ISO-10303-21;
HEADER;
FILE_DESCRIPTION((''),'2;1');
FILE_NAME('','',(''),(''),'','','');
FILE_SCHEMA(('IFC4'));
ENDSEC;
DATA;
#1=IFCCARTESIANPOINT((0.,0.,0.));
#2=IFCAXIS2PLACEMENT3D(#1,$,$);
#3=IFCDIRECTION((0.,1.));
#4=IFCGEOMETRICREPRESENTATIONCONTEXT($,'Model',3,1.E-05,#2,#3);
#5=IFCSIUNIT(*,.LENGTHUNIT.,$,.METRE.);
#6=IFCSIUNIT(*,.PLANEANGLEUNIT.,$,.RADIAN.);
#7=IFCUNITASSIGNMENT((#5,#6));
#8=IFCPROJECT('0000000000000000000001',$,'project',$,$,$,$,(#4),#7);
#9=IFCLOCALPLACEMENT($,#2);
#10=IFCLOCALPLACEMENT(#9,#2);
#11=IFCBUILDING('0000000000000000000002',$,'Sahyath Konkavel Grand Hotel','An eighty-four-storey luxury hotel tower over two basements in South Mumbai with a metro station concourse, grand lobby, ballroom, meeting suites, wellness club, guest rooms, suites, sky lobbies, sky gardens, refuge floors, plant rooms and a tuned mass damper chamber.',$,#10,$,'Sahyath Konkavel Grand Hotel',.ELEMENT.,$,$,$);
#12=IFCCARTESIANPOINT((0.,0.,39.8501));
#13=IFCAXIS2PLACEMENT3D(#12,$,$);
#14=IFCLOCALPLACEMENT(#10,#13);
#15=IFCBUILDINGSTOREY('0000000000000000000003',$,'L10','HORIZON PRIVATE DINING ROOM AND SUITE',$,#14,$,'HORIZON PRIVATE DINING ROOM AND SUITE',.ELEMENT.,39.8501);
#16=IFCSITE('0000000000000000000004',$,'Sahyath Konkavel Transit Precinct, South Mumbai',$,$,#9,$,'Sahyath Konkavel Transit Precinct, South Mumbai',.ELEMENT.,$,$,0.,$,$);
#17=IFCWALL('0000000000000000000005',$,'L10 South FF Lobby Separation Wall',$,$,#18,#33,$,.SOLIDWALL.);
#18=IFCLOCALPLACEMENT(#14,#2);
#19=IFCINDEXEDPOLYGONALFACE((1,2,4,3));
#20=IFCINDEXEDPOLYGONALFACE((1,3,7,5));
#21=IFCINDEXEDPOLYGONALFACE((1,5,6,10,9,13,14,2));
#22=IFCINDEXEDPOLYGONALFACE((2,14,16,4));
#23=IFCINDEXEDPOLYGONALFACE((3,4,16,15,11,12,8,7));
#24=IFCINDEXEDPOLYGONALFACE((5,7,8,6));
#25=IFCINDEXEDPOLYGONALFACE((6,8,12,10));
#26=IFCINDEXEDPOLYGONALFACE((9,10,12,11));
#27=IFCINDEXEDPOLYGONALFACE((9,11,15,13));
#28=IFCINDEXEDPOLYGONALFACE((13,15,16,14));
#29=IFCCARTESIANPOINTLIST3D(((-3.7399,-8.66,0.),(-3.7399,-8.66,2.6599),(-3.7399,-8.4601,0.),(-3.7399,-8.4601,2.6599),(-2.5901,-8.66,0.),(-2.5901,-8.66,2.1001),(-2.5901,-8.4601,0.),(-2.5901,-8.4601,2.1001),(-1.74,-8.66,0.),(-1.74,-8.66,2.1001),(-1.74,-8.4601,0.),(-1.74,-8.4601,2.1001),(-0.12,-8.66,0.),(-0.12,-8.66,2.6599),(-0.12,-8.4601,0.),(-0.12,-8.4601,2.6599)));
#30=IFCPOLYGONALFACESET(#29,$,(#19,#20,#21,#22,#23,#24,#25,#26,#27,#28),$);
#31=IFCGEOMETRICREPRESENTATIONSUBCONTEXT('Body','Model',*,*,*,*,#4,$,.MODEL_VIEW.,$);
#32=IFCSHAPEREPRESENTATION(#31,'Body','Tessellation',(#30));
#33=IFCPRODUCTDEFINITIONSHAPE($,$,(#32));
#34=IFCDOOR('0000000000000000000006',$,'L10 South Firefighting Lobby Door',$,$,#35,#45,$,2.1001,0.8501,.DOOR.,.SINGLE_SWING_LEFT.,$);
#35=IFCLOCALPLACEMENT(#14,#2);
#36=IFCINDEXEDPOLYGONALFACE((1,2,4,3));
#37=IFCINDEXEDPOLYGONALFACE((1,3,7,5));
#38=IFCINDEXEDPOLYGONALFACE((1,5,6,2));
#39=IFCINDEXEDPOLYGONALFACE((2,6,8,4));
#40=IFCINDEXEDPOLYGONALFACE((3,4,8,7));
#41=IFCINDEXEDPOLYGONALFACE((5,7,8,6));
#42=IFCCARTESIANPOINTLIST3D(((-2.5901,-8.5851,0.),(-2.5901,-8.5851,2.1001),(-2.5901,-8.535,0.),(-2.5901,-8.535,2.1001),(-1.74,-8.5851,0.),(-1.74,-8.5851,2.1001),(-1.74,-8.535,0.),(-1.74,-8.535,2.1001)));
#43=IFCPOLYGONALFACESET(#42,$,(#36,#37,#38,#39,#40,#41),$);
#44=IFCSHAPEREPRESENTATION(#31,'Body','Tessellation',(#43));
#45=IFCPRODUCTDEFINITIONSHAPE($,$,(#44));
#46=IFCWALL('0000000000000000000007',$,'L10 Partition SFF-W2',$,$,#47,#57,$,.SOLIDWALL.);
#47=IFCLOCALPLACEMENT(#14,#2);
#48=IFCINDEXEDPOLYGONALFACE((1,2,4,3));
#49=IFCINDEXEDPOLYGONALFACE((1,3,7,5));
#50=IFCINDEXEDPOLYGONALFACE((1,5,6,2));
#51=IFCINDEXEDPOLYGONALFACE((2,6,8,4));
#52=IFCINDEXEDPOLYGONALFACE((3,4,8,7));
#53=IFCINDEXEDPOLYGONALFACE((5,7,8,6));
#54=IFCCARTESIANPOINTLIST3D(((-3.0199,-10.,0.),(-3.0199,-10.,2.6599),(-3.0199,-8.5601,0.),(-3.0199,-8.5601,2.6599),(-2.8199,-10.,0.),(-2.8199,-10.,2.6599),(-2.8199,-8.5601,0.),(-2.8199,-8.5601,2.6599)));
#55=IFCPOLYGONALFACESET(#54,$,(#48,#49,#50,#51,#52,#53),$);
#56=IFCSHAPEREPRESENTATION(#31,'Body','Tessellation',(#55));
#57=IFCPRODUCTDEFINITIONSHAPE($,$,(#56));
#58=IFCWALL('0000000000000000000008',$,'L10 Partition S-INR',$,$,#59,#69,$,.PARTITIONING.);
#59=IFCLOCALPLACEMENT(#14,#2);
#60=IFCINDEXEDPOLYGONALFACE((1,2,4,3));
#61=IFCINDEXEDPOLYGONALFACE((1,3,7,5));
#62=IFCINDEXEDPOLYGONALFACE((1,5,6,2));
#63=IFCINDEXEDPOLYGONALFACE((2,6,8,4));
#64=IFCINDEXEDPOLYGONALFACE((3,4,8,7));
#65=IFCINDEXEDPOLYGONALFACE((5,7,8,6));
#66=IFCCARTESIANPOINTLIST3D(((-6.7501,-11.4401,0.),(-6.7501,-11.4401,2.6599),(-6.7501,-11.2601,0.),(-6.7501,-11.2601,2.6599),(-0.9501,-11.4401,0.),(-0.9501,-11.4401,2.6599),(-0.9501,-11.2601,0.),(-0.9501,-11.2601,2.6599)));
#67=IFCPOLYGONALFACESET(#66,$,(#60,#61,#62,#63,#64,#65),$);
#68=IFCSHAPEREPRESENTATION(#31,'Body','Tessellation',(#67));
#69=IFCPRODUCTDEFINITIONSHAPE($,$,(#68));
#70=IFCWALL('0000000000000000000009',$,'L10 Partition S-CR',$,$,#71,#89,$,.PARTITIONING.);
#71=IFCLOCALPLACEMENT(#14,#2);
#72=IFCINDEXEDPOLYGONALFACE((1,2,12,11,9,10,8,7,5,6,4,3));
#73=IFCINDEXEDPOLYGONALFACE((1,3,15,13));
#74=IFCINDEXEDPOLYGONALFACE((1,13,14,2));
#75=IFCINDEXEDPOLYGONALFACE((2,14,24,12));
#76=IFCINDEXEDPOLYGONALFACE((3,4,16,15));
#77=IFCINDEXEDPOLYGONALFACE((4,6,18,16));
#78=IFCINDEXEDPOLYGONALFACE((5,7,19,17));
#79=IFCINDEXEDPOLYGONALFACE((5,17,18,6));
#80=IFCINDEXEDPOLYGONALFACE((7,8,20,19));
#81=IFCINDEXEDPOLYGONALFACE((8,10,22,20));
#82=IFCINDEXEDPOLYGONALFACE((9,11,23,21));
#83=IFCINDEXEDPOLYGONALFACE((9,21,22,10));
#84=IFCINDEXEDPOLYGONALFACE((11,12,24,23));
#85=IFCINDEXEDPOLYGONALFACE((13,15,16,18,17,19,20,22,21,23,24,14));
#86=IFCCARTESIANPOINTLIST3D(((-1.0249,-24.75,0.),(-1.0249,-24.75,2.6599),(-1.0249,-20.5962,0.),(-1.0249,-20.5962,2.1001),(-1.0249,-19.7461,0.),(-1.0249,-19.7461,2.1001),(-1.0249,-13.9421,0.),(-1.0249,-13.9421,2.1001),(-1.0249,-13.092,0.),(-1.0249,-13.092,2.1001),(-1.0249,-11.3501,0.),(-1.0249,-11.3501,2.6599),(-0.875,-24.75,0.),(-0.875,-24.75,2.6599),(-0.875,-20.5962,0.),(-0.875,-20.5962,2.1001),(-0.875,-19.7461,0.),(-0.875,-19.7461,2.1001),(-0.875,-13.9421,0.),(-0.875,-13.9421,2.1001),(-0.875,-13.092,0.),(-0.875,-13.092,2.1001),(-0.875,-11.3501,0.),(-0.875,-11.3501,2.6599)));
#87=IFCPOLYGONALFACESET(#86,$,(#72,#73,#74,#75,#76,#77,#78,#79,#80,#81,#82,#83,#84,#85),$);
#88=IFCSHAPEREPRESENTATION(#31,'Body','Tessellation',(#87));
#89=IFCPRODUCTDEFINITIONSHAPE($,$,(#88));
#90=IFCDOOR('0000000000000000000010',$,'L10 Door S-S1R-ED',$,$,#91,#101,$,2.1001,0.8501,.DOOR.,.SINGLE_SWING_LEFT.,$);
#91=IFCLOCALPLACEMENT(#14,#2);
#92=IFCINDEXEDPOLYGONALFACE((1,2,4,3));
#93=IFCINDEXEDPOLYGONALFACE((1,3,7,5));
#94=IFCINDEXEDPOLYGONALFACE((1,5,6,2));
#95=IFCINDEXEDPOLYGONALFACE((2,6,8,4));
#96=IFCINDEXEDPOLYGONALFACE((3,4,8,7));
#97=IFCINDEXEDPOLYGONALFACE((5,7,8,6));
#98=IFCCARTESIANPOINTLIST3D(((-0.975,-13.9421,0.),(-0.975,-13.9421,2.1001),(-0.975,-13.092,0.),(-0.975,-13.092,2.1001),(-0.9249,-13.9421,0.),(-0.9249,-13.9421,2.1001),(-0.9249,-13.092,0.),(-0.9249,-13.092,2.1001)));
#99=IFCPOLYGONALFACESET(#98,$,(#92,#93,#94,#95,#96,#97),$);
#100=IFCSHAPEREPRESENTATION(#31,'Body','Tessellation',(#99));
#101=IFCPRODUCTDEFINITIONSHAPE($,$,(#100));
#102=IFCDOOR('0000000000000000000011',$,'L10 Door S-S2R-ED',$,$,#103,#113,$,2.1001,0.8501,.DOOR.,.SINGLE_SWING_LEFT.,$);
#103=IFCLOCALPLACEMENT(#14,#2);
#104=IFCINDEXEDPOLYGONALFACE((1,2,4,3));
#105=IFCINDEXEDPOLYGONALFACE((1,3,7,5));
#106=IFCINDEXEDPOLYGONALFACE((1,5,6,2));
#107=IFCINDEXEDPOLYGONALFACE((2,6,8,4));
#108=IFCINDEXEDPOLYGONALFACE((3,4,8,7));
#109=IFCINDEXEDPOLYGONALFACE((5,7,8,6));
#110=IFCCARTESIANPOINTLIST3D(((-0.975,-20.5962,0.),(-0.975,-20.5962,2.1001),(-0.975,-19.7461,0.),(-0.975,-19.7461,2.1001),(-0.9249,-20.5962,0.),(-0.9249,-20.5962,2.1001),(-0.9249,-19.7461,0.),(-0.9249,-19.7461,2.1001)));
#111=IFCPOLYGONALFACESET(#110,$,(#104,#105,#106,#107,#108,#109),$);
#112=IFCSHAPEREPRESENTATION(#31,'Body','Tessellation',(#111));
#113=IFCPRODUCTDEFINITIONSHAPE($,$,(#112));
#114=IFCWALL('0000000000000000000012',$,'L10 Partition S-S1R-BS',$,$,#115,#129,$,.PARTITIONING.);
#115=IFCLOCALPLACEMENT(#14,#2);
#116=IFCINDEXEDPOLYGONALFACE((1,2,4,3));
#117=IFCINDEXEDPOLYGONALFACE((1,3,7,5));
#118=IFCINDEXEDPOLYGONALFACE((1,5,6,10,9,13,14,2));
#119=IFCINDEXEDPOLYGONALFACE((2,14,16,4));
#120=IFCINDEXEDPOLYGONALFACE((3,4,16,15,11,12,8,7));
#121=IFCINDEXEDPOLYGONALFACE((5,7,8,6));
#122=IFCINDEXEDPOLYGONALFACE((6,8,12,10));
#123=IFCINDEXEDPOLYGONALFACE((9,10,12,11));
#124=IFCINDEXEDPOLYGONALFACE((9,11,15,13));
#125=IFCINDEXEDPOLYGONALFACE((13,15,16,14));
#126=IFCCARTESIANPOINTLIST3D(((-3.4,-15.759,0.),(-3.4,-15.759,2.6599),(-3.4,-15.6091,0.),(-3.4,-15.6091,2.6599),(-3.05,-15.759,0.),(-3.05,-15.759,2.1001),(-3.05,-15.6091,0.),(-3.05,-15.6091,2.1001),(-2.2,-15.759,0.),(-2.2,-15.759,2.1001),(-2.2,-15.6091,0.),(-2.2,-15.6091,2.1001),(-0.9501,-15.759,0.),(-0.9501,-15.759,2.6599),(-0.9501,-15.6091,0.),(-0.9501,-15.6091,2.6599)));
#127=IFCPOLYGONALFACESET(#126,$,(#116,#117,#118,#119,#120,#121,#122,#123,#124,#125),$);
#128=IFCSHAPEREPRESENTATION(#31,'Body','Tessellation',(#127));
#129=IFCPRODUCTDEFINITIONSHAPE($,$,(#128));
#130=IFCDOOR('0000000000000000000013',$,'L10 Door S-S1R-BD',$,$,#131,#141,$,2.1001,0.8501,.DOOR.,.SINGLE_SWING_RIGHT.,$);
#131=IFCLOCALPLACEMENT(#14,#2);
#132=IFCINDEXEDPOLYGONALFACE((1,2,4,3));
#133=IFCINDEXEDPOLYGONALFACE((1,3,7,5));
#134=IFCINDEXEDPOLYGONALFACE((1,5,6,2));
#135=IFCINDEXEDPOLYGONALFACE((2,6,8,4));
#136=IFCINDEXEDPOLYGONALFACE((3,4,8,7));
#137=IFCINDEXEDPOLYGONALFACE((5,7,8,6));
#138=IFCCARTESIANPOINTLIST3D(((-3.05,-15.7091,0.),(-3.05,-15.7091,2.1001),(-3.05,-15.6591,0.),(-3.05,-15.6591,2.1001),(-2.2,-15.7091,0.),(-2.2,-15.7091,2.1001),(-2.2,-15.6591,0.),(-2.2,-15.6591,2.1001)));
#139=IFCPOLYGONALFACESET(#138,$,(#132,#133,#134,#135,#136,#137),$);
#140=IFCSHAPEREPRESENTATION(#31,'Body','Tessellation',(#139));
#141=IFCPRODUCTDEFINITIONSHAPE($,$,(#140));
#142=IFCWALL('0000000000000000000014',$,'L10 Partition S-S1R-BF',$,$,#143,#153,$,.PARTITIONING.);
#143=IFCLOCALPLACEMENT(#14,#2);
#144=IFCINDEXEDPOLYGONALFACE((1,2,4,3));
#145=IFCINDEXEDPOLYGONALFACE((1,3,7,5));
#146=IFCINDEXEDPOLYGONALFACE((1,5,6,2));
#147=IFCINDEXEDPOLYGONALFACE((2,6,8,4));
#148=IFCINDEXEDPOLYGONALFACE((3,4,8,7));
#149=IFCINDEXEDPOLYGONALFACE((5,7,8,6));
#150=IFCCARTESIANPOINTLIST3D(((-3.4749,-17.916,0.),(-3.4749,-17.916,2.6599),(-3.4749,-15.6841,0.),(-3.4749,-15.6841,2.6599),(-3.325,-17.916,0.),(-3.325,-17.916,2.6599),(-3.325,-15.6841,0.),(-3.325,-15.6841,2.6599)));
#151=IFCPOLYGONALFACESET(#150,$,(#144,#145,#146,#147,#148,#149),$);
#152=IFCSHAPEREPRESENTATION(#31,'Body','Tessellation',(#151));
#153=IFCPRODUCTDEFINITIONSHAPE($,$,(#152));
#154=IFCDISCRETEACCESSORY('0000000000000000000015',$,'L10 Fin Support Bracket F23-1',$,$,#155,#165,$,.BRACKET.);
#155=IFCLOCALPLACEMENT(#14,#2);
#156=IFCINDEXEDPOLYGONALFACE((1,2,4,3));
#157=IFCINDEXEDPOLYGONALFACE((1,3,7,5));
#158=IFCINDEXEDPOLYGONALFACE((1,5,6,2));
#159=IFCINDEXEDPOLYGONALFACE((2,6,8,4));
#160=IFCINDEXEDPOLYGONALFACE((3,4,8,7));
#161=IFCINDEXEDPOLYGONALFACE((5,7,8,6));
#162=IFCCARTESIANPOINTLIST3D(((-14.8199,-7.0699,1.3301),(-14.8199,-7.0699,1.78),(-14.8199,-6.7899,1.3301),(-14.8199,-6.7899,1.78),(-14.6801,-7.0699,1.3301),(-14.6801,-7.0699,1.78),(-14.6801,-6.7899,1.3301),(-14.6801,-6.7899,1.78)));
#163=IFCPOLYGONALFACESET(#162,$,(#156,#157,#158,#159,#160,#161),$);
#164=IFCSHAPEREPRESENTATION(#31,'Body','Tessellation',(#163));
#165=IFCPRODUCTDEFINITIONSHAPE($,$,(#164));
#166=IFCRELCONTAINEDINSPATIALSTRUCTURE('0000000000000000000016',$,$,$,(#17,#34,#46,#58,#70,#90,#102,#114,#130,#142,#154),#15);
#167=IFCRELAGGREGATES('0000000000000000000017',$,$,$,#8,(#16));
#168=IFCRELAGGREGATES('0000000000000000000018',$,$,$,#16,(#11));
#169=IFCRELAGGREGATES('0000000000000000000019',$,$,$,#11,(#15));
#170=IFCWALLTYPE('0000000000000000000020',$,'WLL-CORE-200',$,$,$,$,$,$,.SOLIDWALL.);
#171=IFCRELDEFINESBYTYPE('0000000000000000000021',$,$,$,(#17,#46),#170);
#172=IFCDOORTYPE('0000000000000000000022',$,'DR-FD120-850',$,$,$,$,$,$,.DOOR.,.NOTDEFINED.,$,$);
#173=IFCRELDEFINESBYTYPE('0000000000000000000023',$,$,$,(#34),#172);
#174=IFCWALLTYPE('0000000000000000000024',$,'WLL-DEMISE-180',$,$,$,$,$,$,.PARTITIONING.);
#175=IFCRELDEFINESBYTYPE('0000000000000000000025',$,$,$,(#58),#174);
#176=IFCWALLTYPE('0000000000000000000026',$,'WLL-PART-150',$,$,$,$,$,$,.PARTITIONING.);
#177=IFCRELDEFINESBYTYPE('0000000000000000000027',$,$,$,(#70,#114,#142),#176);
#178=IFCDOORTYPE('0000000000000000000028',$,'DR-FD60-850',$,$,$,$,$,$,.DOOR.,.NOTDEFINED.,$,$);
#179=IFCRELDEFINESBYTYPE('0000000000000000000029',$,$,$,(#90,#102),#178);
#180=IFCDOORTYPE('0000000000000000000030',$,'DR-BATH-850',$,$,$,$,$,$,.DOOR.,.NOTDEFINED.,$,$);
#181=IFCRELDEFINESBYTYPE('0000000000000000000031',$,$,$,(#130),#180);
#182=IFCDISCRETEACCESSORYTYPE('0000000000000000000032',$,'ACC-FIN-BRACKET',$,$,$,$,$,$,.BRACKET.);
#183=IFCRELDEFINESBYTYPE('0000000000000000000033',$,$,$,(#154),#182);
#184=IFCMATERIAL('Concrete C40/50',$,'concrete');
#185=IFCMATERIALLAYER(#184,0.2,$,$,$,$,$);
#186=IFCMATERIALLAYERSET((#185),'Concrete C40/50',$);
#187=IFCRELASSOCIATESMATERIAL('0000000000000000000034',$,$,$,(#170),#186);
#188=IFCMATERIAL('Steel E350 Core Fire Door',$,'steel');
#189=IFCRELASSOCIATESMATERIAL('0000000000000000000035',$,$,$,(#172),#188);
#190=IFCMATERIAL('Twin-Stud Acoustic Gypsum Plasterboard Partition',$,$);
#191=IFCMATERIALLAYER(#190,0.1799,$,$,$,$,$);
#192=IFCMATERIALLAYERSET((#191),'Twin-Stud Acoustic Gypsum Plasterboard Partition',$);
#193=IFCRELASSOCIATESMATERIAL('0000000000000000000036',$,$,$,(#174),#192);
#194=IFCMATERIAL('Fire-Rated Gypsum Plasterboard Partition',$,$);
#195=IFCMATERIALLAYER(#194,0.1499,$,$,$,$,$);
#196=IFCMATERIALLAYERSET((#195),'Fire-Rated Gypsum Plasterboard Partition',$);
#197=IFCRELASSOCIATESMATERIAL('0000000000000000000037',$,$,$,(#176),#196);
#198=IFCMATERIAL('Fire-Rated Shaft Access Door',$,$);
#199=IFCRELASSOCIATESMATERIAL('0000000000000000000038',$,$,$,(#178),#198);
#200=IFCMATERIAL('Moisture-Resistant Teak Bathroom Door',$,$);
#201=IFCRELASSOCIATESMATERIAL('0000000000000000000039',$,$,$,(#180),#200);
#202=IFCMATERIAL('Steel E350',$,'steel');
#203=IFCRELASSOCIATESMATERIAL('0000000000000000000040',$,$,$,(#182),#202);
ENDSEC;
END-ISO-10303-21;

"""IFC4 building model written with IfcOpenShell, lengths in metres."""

from ifc_helpers import new_model, si_unit, direction, frame, frame_2d, origin, origin_2d, place, context, subcontext, project, spatial, rectangle, extrude, source, transform, mapped, material, layer, layer_set, type_object, element, fill, save


model = new_model("IFC4")

# Units and contexts
model_context = context("Model", 3, precision=1e-05, world=origin(), true_north=direction((0.0, 1.0)))
body_context = subcontext(model_context, "Body", "Model", "MODEL_VIEW")
ifc_project = project(units=[si_unit("LENGTHUNIT", "METRE"), si_unit("PLANEANGLEUNIT", "RADIAN")], contexts=[model_context])

# Site, building, storey
site_placement = place(None, origin())
site = spatial("IfcSite", under=ifc_project, at=site_placement, Name="Sahyath Konkavel Transit Precinct, South Mumbai", LongName="Sahyath Konkavel Transit Precinct, South Mumbai", CompositionType="ELEMENT", RefElevation=0.0)
building_placement = place(site_placement, origin())
building = spatial("IfcBuilding", under=site, at=building_placement, Name="Sahyath Konkavel Grand Hotel", Description="An eighty-four-storey luxury hotel tower over two basements in South Mumbai with a metro station concourse, grand lobby, ballroom, meeting suites, wellness club, guest rooms, suites, sky lobbies, sky gardens, refuge floors, plant rooms and a tuned mass damper chamber.", LongName="Sahyath Konkavel Grand Hotel", CompositionType="ELEMENT")
storey_placement = place(building_placement, frame((0.0, 0.0, 39.8501)))
storey = spatial("IfcBuildingStorey", under=building, at=storey_placement, Name="L10", Description="HORIZON PRIVATE DINING ROOM AND SUITE", LongName="HORIZON PRIVATE DINING ROOM AND SUITE", CompositionType="ELEMENT", Elevation=39.8501)

# Shared definitions
ifc_material_1 = material(Name="Steel E350", Category="steel")

# Shared definitions
ifc_material_2 = material(Name="Concrete C40/50", Category="concrete")
ifc_layer_1 = layer(ifc_material_2, 0.2)
ifc_layer_set_1 = layer_set([ifc_layer_1], Name="Concrete C40/50")
wall_type_1 = type_object("IfcWallType", Name="WLL-CORE-200", PredefinedType="SOLIDWALL", material=ifc_layer_set_1)

# Wall, opening, door
wall_1_placement = place(storey_placement, frame((-3.74, -8.5601, 0.0), z_axis=(0.0, 0.0, 1.0), x_axis=(1.0, 0.0, 0.0)))
wall_1 = element("IfcWall", 1, at=wall_1_placement, inside=storey, type_object=wall_type_1, Name="L10 South FF Lobby Separation Wall", PredefinedType="SOLIDWALL", context=body_context, shape_type="SweptSolid", body=[
    extrude(rectangle(XDim=3.6199, YDim=0.2, at=frame_2d((1.8101, 0.0))), origin(), (0.0, 0.0, 1.0), 2.6599),
])
opening_1_placement = place(wall_1_placement, frame((1.1499, 0.0, 0.0)))
opening_1 = element("IfcOpeningElement", 2, at=opening_1_placement, cuts=wall_1, PredefinedType="OPENING", context=body_context, shape_type="SweptSolid", body=[
    extrude(rectangle(XDim=0.8501, YDim=2.1001, at=frame_2d((0.425, 1.05))), frame((0.0, 0.1099, 0.0), z_axis=(0.0, -1.0, 0.0), x_axis=(1.0, 0.0, 0.0)), (0.0, 0.0, 1.0), 0.22),
])
ifc_material_3 = material(Name="Steel E350 Core Fire Door", Category="steel")
door_type_1 = type_object("IfcDoorType", Name="DR-FD120-850", OperationType="NOTDEFINED", PredefinedType="DOOR", material=ifc_material_3)
shared_shape_1 = source(origin(), body_context, "Body", "SweptSolid", [
    extrude(rectangle(XDim=0.8501, YDim=0.05, at=origin_2d()), origin(), (0.0, 0.0, 1.0), 2.1001),
])
door_1_placement = place(opening_1_placement, frame((0.425, 0.0, 0.0)))
door_1 = element("IfcDoor", 3, at=door_1_placement, inside=storey, type_object=door_type_1, Name="L10 South Firefighting Lobby Door", OperationType="SINGLE_SWING_LEFT", OverallHeight=2.1001, OverallWidth=0.8501, PredefinedType="DOOR", context=body_context, shape_type="MappedRepresentation", body=[
    mapped(shared_shape_1, transform((0.0, 0.0, 0.0), scale=1.0)),
])
fill(opening_1, door_1)

# Walls
wall_2_placement = place(storey_placement, frame((-2.9199, -10.0, 0.0), z_axis=(0.0, 0.0, 1.0), x_axis=(0.0, 1.0, 0.0)))
element("IfcWall", 4, at=wall_2_placement, inside=storey, type_object=wall_type_1, Name="L10 Partition SFF-W2", PredefinedType="SOLIDWALL", context=body_context, shape_type="SweptSolid", body=[
    extrude(rectangle(XDim=1.4399, YDim=0.2, at=frame_2d((0.72, 0.0))), origin(), (0.0, 0.0, 1.0), 2.6599),
])
ifc_material_4 = material(Name="Twin-Stud Acoustic Gypsum Plasterboard Partition")
ifc_layer_2 = layer(ifc_material_4, 0.1799)
ifc_layer_set_2 = layer_set([ifc_layer_2], Name="Twin-Stud Acoustic Gypsum Plasterboard Partition")
wall_type_2 = type_object("IfcWallType", Name="WLL-DEMISE-180", PredefinedType="PARTITIONING", material=ifc_layer_set_2)
wall_3_placement = place(storey_placement, frame((-6.75, -11.3501, 0.0), z_axis=(0.0, 0.0, 1.0), x_axis=(1.0, 0.0, 0.0)))
element("IfcWall", 5, at=wall_3_placement, inside=storey, type_object=wall_type_2, Name="L10 Partition S-INR", PredefinedType="PARTITIONING", context=body_context, shape_type="SweptSolid", body=[
    extrude(rectangle(XDim=5.8, YDim=0.1799, at=frame_2d((2.8999, 0.0))), origin(), (0.0, 0.0, 1.0), 2.6599),
])

# Wall, openings, doors
ifc_material_5 = material(Name="Fire-Rated Gypsum Plasterboard Partition")
ifc_layer_3 = layer(ifc_material_5, 0.1499)
ifc_layer_set_3 = layer_set([ifc_layer_3], Name="Fire-Rated Gypsum Plasterboard Partition")
wall_type_3 = type_object("IfcWallType", Name="WLL-PART-150", PredefinedType="PARTITIONING", material=ifc_layer_set_3)
wall_4_placement = place(storey_placement, frame((-0.95, -11.3501, 0.0), z_axis=(0.0, 0.0, 1.0), x_axis=(0.0, -1.0, 0.0)))
wall_4 = element("IfcWall", 6, at=wall_4_placement, inside=storey, type_object=wall_type_3, Name="L10 Partition S-CR", PredefinedType="PARTITIONING", context=body_context, shape_type="SweptSolid", body=[
    extrude(rectangle(XDim=13.3999, YDim=0.1499, at=frame_2d((6.7, 0.0))), origin(), (0.0, 0.0, 1.0), 2.6599),
])
opening_2_placement = place(wall_4_placement, frame((1.7419, 0.0, 0.0)))
opening_2 = element("IfcOpeningElement", 7, at=opening_2_placement, cuts=wall_4, PredefinedType="OPENING", context=body_context, shape_type="SweptSolid", body=[
    extrude(rectangle(XDim=0.8501, YDim=2.1001, at=frame_2d((0.425, 1.05))), frame((0.0, 0.085, 0.0), z_axis=(0.0, -1.0, 0.0), x_axis=(1.0, 0.0, 0.0)), (0.0, 0.0, 1.0), 0.1699),
])
opening_3_placement = place(wall_4_placement, frame((8.396, 0.0, 0.0)))
opening_3 = element("IfcOpeningElement", 8, at=opening_3_placement, cuts=wall_4, PredefinedType="OPENING", context=body_context, shape_type="SweptSolid", body=[
    extrude(rectangle(XDim=0.8501, YDim=2.1001, at=frame_2d((0.425, 1.05))), frame((0.0, 0.085, 0.0), z_axis=(0.0, -1.0, 0.0), x_axis=(1.0, 0.0, 0.0)), (0.0, 0.0, 1.0), 0.1699),
])
ifc_material_6 = material(Name="Fire-Rated Shaft Access Door")
door_type_2 = type_object("IfcDoorType", Name="DR-FD60-850", OperationType="NOTDEFINED", PredefinedType="DOOR", material=ifc_material_6)
door_2_placement = place(opening_2_placement, frame((0.425, 0.0, 0.0)))
door_2 = element("IfcDoor", 9, at=door_2_placement, inside=storey, type_object=door_type_2, Name="L10 Door S-S1R-ED", OperationType="SINGLE_SWING_LEFT", OverallHeight=2.1001, OverallWidth=0.8501, PredefinedType="DOOR", context=body_context, shape_type="MappedRepresentation", body=[
    mapped(shared_shape_1, transform((0.0, 0.0, 0.0), scale=1.0)),
])
fill(opening_2, door_2)
door_3_placement = place(opening_3_placement, frame((0.425, 0.0, 0.0)))
door_3 = element("IfcDoor", 10, at=door_3_placement, inside=storey, type_object=door_type_2, Name="L10 Door S-S2R-ED", OperationType="SINGLE_SWING_LEFT", OverallHeight=2.1001, OverallWidth=0.8501, PredefinedType="DOOR", context=body_context, shape_type="MappedRepresentation", body=[
    mapped(shared_shape_1, transform((0.0, 0.0, 0.0), scale=1.0)),
])
fill(opening_3, door_3)

# Wall, opening, door
wall_5_placement = place(storey_placement, frame((-0.95, -15.6841, 0.0), z_axis=(0.0, 0.0, 1.0), x_axis=(-1.0, 0.0, 0.0)))
wall_5 = element("IfcWall", 11, at=wall_5_placement, inside=storey, type_object=wall_type_3, Name="L10 Partition S-S1R-BS", PredefinedType="PARTITIONING", context=body_context, shape_type="SweptSolid", body=[
    extrude(rectangle(XDim=2.45, YDim=0.1499, at=frame_2d((1.2251, 0.0))), origin(), (0.0, 0.0, 1.0), 2.6599),
])
opening_4_placement = place(wall_5_placement, frame((1.25, 0.0, 0.0)))
opening_4 = element("IfcOpeningElement", 12, at=opening_4_placement, cuts=wall_5, PredefinedType="OPENING", context=body_context, shape_type="SweptSolid", body=[
    extrude(rectangle(XDim=0.8501, YDim=2.1001, at=frame_2d((0.425, 1.05))), frame((0.0, 0.085, 0.0), z_axis=(0.0, -1.0, 0.0), x_axis=(1.0, 0.0, 0.0)), (0.0, 0.0, 1.0), 0.1699),
])
ifc_material_7 = material(Name="Moisture-Resistant Teak Bathroom Door")
door_type_3 = type_object("IfcDoorType", Name="DR-BATH-850", OperationType="NOTDEFINED", PredefinedType="DOOR", material=ifc_material_7)
door_4_placement = place(opening_4_placement, frame((0.425, 0.0, 0.0)))
door_4 = element("IfcDoor", 13, at=door_4_placement, inside=storey, type_object=door_type_3, Name="L10 Door S-S1R-BD", OperationType="SINGLE_SWING_RIGHT", OverallHeight=2.1001, OverallWidth=0.8501, PredefinedType="DOOR", context=body_context, shape_type="MappedRepresentation", body=[
    mapped(shared_shape_1, transform((0.0, 0.0, 0.0), scale=1.0)),
])
fill(opening_4, door_4)

# Wall
wall_6_placement = place(storey_placement, frame((-3.3999, -15.6841, 0.0), z_axis=(0.0, 0.0, 1.0), x_axis=(0.0, -1.0, 0.0)))
element("IfcWall", 14, at=wall_6_placement, inside=storey, type_object=wall_type_3, Name="L10 Partition S-S1R-BF", PredefinedType="PARTITIONING", context=body_context, shape_type="SweptSolid", body=[
    extrude(rectangle(XDim=2.2319, YDim=0.1499, at=frame_2d((1.116, 0.0))), origin(), (0.0, 0.0, 1.0), 2.6599),
])

# Discrete accessory
discrete_accessory_type = type_object("IfcDiscreteAccessoryType", Name="ACC-FIN-BRACKET", PredefinedType="BRACKET", material=ifc_material_1)
shared_shape_2 = source(origin(), body_context, "Body", "SweptSolid", [
    extrude(rectangle(XDim=0.28, YDim=0.1399, at=origin_2d()), origin(), (0.0, 0.0, 1.0), 0.45),
])
discrete_accessory_placement = place(storey_placement, frame((-14.75, -6.9299, 1.3301), z_axis=(0.0, 0.0, 1.0), x_axis=(0.0, -1.0, 0.0)))
element("IfcDiscreteAccessory", 15, at=discrete_accessory_placement, inside=storey, type_object=discrete_accessory_type, Name="L10 Fin Support Bracket F23-1", PredefinedType="BRACKET", context=body_context, shape_type="MappedRepresentation", body=[
    mapped(shared_shape_2, transform((0.0, 0.0, 0.0), scale=1.0)),
])

save(model, "model.ifc")
